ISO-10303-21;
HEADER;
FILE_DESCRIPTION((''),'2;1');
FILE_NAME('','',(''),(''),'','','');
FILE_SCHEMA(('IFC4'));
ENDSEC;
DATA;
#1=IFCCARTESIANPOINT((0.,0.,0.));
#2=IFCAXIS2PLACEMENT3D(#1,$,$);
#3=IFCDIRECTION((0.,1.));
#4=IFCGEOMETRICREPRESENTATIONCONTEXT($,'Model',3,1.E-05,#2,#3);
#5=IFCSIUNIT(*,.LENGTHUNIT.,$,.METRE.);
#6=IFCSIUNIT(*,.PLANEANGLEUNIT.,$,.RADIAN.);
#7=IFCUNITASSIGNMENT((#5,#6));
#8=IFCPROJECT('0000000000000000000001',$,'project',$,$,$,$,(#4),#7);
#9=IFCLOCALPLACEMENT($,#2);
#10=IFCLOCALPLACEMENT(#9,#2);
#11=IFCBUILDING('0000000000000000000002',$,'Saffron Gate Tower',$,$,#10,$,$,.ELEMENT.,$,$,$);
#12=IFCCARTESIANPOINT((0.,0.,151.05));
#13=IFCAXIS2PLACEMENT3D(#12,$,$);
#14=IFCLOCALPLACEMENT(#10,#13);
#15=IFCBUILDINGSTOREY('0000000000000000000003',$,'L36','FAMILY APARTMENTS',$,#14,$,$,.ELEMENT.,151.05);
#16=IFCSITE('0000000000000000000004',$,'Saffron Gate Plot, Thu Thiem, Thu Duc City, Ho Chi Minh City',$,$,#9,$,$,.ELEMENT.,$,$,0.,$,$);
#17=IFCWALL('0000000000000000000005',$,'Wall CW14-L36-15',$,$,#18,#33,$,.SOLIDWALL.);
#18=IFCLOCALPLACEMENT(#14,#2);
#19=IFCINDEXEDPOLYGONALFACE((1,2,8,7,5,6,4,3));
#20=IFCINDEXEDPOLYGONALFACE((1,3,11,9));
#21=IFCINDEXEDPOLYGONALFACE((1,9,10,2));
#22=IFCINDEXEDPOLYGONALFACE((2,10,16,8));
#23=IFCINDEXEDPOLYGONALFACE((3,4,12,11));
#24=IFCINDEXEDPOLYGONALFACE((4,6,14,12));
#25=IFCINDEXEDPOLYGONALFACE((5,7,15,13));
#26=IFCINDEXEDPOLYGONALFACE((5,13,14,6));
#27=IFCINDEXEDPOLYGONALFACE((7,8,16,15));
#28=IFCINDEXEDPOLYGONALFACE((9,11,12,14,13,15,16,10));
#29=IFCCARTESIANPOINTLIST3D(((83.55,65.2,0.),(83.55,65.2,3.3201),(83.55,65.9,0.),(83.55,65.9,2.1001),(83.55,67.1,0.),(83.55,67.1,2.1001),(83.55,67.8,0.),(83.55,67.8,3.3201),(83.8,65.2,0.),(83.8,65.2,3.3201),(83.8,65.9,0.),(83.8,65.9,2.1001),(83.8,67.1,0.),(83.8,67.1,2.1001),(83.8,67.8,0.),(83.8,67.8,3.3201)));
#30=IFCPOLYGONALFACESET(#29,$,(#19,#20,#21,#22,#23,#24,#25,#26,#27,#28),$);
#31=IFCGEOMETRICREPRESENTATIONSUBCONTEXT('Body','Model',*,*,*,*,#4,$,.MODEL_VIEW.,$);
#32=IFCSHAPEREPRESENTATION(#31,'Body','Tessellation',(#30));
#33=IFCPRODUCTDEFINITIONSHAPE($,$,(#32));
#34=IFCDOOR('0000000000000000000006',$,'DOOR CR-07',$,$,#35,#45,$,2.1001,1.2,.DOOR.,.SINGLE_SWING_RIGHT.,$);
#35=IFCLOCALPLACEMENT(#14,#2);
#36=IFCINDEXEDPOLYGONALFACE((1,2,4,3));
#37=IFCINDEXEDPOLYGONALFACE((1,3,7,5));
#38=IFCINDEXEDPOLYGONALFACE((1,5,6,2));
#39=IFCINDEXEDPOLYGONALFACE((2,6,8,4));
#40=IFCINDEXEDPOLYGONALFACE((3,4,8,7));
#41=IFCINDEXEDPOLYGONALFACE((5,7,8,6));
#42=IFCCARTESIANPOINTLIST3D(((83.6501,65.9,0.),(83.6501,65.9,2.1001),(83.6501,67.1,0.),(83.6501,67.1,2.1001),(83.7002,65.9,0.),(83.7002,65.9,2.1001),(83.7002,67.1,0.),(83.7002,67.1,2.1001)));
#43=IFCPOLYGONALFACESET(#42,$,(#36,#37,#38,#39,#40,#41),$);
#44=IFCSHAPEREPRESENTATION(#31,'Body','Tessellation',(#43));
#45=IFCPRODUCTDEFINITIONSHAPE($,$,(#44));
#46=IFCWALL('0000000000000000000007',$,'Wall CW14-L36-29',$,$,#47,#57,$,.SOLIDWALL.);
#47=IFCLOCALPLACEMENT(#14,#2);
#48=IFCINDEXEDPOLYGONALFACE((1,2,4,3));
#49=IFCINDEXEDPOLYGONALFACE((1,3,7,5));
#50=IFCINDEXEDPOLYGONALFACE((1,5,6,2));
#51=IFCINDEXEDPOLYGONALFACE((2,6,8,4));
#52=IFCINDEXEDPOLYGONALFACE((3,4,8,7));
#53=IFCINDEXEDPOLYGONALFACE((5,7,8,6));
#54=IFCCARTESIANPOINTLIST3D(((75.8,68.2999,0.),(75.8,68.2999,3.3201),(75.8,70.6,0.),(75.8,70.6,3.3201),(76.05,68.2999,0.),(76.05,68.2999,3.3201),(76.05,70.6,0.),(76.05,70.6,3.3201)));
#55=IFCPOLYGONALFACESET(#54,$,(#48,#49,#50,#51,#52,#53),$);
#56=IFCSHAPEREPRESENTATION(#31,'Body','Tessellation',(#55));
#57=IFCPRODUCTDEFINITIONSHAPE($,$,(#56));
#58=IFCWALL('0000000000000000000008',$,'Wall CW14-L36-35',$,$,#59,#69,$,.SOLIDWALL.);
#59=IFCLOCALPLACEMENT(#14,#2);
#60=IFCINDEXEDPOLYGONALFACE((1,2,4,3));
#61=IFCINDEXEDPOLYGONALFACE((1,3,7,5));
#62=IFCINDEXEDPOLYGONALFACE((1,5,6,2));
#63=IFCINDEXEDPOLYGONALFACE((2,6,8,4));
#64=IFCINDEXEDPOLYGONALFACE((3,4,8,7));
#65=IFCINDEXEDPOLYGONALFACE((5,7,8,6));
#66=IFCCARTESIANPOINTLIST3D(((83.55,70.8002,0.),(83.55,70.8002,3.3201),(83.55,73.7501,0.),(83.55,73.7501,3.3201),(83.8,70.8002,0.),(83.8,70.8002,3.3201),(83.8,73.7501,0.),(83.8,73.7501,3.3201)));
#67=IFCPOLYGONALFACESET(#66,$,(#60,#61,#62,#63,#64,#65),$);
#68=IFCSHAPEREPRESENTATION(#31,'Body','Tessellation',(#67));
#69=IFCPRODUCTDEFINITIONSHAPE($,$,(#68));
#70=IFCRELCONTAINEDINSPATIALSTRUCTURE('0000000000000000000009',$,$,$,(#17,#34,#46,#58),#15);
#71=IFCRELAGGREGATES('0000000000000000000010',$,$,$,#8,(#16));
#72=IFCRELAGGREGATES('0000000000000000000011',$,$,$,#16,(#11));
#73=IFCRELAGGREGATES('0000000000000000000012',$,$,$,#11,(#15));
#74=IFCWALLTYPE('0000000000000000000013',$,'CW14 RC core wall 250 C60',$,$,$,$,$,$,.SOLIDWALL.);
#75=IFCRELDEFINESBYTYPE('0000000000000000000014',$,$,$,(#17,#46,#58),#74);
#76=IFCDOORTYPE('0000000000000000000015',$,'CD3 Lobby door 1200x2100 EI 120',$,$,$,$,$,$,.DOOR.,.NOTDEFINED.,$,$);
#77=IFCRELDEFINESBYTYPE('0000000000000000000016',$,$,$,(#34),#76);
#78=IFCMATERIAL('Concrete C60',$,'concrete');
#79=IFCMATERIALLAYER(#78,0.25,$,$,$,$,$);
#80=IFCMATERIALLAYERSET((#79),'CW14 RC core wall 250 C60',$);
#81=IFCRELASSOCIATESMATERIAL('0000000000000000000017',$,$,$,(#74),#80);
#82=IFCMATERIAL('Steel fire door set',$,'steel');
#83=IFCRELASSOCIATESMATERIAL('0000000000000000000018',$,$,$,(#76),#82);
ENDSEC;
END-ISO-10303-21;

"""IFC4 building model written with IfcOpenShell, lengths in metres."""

from ifc_helpers import new_model, si_unit, direction, frame, frame_2d, origin, place, context, subcontext, project, spatial, rectangle, extrude, material, layer, layer_set, type_object, element, fill, save


model = new_model("IFC4")

# Units and contexts
model_context = context("Model", 3, precision=1e-05, world=origin(), true_north=direction((0.0, 1.0)))
body_context = subcontext(model_context, "Body", "Model", "MODEL_VIEW")
ifc_project = project(units=[si_unit("LENGTHUNIT", "METRE"), si_unit("PLANEANGLEUNIT", "RADIAN")], contexts=[model_context])

# Site, building, storey
site_placement = place(None, origin())
site = spatial("IfcSite", under=ifc_project, at=site_placement, Name="Saffron Gate Plot, Thu Thiem, Thu Duc City, Ho Chi Minh City", CompositionType="ELEMENT", RefElevation=0.0)
building_placement = place(site_placement, origin())
building = spatial("IfcBuilding", under=site, at=building_placement, Name="Saffron Gate Tower", CompositionType="ELEMENT")
storey_placement = place(building_placement, frame((0.0, 0.0, 151.05)))
storey = spatial("IfcBuildingStorey", under=building, at=storey_placement, Name="L36", Description="FAMILY APARTMENTS", CompositionType="ELEMENT", Elevation=151.05)

# Wall, opening, door
ifc_material_1 = material(Name="Concrete C60", Category="concrete")
ifc_layer_1 = layer(ifc_material_1, 0.25)
ifc_layer_set_1 = layer_set([ifc_layer_1], Name="CW14 RC core wall 250 C60")
wall_type_1 = type_object("IfcWallType", Name="CW14 RC core wall 250 C60", PredefinedType="SOLIDWALL", material=ifc_layer_set_1)
wall_1_placement = place(storey_placement, frame((83.675, 65.2, 0.0), z_axis=(0.0, 0.0, 1.0), x_axis=(0.0, 1.0, 0.0)))
wall_1 = element("IfcWall", 1, at=wall_1_placement, inside=storey, type_object=wall_type_1, Name="Wall CW14-L36-15", PredefinedType="SOLIDWALL", context=body_context, shape_type="SweptSolid", body=[
    extrude(rectangle(XDim=2.6001, YDim=0.25, at=frame_2d((1.3, 0.0))), origin(), (0.0, 0.0, 1.0), 3.3201),
])
opening_1_placement = place(wall_1_placement, frame((0.7, 0.0, 0.0)))
opening_1 = element("IfcOpeningElement", 2, at=opening_1_placement, cuts=wall_1, PredefinedType="OPENING", context=body_context, shape_type="SweptSolid", body=[
    extrude(rectangle(XDim=1.2, YDim=2.1001, at=frame_2d((0.6001, 1.05))), frame((0.0, 0.135, 0.0), z_axis=(0.0, -1.0, 0.0), x_axis=(1.0, 0.0, 0.0)), (0.0, 0.0, 1.0), 0.27),
])
ifc_material_2 = material(Name="Steel fire door set", Category="steel")
door_type_1 = type_object("IfcDoorType", Name="CD3 Lobby door 1200x2100 EI 120", OperationType="NOTDEFINED", PredefinedType="DOOR", material=ifc_material_2)
door_1_placement = place(opening_1_placement, origin())
door_1 = element("IfcDoor", 3, at=door_1_placement, inside=storey, type_object=door_type_1, Name="DOOR CR-07", OperationType="SINGLE_SWING_RIGHT", OverallHeight=2.1001, OverallWidth=1.2, PredefinedType="DOOR", context=body_context, shape_type="SweptSolid", body=[
    extrude(rectangle(XDim=1.2, YDim=2.1001, at=frame_2d((0.6001, 1.05))), frame((0.0, 0.0249, 0.0), z_axis=(0.0, -1.0, 0.0), x_axis=(1.0, 0.0, 0.0)), (0.0, 0.0, 1.0), 0.05),
])
fill(opening_1, door_1)

# Walls
wall_2_placement = place(storey_placement, frame((75.925, 68.3, 0.0), z_axis=(0.0, 0.0, 1.0), x_axis=(0.0, 1.0, 0.0)))
element("IfcWall", 4, at=wall_2_placement, inside=storey, type_object=wall_type_1, Name="Wall CW14-L36-29", PredefinedType="SOLIDWALL", context=body_context, shape_type="SweptSolid", body=[
    extrude(rectangle(XDim=2.3, YDim=0.25, at=frame_2d((1.1499, 0.0))), origin(), (0.0, 0.0, 1.0), 3.3201),
])
wall_3_placement = place(storey_placement, frame((83.675, 70.8, 0.0), z_axis=(0.0, 0.0, 1.0), x_axis=(0.0, 1.0, 0.0)))
element("IfcWall", 5, at=wall_3_placement, inside=storey, type_object=wall_type_1, Name="Wall CW14-L36-35", PredefinedType="SOLIDWALL", context=body_context, shape_type="SweptSolid", body=[
    extrude(rectangle(XDim=2.95, YDim=0.25, at=frame_2d((1.4751, 0.0))), origin(), (0.0, 0.0, 1.0), 3.3201),
])

save(model, "model.ifc")
